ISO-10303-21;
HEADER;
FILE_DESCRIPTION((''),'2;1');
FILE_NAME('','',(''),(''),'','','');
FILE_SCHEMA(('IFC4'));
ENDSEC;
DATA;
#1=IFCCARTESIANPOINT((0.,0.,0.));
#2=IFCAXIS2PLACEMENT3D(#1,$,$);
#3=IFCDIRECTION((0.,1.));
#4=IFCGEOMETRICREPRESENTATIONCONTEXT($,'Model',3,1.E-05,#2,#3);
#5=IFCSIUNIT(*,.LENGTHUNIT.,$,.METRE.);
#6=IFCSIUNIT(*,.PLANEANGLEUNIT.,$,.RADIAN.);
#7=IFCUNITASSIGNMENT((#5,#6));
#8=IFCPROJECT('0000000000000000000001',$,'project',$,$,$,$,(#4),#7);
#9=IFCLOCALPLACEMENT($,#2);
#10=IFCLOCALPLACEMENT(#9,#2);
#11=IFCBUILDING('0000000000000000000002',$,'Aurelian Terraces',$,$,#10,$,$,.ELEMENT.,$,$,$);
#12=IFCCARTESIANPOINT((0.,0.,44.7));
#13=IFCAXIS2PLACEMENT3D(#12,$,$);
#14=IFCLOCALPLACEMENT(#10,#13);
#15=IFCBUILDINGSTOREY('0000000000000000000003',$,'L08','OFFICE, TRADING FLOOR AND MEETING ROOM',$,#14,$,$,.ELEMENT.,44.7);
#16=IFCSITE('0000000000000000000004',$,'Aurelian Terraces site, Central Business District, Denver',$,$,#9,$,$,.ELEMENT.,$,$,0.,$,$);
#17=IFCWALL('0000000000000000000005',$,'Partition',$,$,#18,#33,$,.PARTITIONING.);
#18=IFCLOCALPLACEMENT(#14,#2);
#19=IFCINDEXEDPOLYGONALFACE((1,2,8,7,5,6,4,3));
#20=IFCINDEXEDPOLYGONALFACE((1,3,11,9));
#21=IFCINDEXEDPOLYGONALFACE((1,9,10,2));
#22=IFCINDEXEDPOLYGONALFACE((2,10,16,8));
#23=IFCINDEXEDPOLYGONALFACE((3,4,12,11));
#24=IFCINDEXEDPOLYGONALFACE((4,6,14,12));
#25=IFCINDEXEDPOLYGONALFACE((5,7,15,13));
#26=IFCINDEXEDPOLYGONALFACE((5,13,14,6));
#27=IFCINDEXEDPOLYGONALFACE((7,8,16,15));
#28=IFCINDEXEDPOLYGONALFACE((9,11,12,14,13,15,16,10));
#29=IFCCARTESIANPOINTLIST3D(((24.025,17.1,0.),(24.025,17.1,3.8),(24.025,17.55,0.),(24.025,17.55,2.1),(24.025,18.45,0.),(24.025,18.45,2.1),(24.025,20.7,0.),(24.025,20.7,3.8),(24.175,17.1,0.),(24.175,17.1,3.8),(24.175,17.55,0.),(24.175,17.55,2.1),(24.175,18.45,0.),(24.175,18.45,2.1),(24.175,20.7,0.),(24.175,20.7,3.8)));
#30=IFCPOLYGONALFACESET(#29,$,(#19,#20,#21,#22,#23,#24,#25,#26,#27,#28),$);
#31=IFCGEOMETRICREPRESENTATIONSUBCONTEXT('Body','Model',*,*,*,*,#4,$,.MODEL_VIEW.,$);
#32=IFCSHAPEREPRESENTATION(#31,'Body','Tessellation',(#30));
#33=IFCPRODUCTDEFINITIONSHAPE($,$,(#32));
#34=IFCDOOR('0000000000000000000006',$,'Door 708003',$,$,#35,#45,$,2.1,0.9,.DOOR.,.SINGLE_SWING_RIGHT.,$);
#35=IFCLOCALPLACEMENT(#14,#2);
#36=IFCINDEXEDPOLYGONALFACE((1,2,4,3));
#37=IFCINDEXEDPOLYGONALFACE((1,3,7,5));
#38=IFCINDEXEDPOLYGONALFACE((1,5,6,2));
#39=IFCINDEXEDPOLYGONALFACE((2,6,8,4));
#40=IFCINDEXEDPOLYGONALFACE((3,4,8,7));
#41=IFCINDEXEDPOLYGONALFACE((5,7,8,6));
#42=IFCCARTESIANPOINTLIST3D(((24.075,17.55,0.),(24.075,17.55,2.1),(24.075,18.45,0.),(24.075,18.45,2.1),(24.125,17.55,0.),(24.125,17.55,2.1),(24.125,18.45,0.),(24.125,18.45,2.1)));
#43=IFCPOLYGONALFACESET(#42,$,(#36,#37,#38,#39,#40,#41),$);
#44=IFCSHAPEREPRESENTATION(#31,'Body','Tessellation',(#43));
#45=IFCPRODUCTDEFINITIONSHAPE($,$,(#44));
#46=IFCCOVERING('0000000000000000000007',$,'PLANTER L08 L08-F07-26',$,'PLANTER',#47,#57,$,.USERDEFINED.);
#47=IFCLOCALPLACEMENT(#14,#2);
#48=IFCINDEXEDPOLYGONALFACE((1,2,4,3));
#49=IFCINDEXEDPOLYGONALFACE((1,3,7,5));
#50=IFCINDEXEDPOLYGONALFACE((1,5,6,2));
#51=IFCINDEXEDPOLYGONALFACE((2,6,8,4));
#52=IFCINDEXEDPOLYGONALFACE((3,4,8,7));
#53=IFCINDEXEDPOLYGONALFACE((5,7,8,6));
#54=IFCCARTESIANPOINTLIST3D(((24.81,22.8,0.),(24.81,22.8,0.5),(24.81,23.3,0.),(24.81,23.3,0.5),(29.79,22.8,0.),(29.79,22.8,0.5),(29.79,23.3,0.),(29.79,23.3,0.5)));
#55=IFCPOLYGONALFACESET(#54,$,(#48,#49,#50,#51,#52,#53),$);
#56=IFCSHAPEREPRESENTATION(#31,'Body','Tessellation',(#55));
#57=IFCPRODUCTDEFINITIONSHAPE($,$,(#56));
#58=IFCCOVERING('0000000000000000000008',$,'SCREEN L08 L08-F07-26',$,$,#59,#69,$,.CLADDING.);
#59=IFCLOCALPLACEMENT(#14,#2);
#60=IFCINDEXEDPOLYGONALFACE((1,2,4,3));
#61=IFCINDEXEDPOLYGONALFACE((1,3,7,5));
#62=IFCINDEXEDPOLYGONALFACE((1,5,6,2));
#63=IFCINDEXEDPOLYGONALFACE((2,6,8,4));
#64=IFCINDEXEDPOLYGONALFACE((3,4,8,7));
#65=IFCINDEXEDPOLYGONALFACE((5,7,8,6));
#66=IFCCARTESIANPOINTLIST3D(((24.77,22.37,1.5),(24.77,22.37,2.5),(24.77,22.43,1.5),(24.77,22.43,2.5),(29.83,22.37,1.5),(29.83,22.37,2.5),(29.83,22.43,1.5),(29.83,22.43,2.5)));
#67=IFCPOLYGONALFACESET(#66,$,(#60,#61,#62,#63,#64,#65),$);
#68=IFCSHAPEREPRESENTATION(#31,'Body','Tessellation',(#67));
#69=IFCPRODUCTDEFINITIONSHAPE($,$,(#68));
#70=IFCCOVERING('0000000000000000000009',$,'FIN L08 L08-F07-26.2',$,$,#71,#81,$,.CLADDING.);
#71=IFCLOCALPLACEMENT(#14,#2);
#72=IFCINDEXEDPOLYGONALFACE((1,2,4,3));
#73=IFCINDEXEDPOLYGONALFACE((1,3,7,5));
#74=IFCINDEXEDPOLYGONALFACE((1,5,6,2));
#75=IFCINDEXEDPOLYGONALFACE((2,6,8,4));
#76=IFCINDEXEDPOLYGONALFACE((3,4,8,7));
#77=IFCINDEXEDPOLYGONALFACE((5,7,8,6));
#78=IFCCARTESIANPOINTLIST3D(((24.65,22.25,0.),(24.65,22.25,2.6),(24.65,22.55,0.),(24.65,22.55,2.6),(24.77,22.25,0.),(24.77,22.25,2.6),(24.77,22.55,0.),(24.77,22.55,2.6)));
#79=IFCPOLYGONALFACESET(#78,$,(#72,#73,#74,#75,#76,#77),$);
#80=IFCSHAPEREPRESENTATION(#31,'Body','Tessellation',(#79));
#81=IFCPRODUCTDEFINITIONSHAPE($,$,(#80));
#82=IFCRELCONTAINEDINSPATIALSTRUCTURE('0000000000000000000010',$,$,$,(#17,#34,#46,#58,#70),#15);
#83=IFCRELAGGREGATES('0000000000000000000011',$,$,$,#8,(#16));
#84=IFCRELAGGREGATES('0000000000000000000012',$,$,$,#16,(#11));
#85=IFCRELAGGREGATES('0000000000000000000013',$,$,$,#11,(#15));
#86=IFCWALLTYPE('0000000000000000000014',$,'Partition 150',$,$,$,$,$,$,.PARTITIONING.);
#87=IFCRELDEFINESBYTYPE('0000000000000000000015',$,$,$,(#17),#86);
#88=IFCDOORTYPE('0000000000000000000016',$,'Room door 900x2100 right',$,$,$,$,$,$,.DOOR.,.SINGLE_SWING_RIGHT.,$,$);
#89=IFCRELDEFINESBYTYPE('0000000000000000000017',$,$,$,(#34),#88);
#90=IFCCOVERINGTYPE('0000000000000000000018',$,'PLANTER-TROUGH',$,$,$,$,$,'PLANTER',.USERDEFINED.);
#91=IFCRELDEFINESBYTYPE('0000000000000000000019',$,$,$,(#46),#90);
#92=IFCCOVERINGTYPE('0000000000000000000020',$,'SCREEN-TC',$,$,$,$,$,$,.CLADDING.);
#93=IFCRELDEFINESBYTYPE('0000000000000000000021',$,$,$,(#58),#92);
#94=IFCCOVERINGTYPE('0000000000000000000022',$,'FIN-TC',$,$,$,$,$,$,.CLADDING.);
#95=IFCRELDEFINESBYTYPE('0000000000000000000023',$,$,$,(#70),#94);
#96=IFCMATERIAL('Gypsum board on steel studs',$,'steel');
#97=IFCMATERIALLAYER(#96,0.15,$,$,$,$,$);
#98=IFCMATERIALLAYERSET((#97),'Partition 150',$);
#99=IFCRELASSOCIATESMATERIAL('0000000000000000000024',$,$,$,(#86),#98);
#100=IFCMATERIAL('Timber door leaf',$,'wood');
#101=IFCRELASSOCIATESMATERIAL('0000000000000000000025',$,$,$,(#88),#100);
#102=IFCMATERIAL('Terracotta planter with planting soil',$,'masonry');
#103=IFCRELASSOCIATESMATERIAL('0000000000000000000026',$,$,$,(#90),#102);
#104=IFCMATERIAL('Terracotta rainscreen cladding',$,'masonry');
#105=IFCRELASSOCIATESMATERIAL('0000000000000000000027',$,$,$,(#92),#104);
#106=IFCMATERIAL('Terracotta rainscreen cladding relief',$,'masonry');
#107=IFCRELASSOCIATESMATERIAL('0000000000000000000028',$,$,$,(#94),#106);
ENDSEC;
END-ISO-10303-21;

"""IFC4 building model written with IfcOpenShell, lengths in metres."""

from ifc_helpers import new_model, si_unit, direction, frame, frame_2d, origin, origin_2d, place, context, subcontext, project, spatial, rectangle, extrude, source, transform, mapped, material, layer, layer_set, type_object, element, fill, save


model = new_model("IFC4")

# Units and contexts
model_context = context("Model", 3, precision=1e-05, world=origin(), true_north=direction((0.0, 1.0)))
body_context = subcontext(model_context, "Body", "Model", "MODEL_VIEW")
ifc_project = project(units=[si_unit("LENGTHUNIT", "METRE"), si_unit("PLANEANGLEUNIT", "RADIAN")], contexts=[model_context])

# Site, building, storey
site_placement = place(None, origin())
site = spatial("IfcSite", under=ifc_project, at=site_placement, Name="Aurelian Terraces site, Central Business District, Denver", CompositionType="ELEMENT", RefElevation=0.0)
building_placement = place(site_placement, origin())
building = spatial("IfcBuilding", under=site, at=building_placement, Name="Aurelian Terraces", CompositionType="ELEMENT")
storey_placement = place(building_placement, frame((0.0, 0.0, 44.7)))
storey = spatial("IfcBuildingStorey", under=building, at=storey_placement, Name="L08", Description="OFFICE, TRADING FLOOR AND MEETING ROOM", CompositionType="ELEMENT", Elevation=44.7)

# Shared definitions
ifc_material_1 = material(Name="Terracotta rainscreen cladding", Category="masonry")

# Shared definitions
ifc_material_2 = material(Name="Gypsum board on steel studs", Category="steel")

# Wall, opening, door
ifc_layer_1 = layer(ifc_material_2, 0.15)
ifc_layer_set_1 = layer_set([ifc_layer_1], Name="Partition 150")
wall_type_1 = type_object("IfcWallType", Name="Partition 150", PredefinedType="PARTITIONING", material=ifc_layer_set_1)
shared_shape_1 = source(origin(), body_context, "Body", "SweptSolid", [
    extrude(rectangle(XDim=3.6, YDim=0.15, at=frame_2d((1.8, 0.0))), origin(), (0.0, 0.0, 1.0), 3.8),
])
wall_1_placement = place(storey_placement, frame((24.1, 20.7, 0.0), z_axis=(0.0, 0.0, 1.0), x_axis=(0.0, -1.0, 0.0)))
wall_1 = element("IfcWall", 1, at=wall_1_placement, inside=storey, type_object=wall_type_1, Name="Partition", PredefinedType="PARTITIONING", context=body_context, shape_type="MappedRepresentation", body=[
    mapped(shared_shape_1, transform((0.0, 0.0, 0.0), scale=1.0)),
])
shared_shape_2 = source(origin(), body_context, "Body", "SweptSolid", [
    extrude(rectangle(XDim=0.9, YDim=2.1, at=frame_2d((0.45, 1.05))), frame((0.0, 0.085, 0.0), z_axis=(0.0, -1.0, 0.0), x_axis=(1.0, 0.0, 0.0)), (0.0, 0.0, 1.0), 0.17),
])
opening_1_placement = place(wall_1_placement, frame((2.25, 0.0, 0.0)))
opening_1 = element("IfcOpeningElement", 2, at=opening_1_placement, cuts=wall_1, PredefinedType="OPENING", context=body_context, shape_type="MappedRepresentation", body=[
    mapped(shared_shape_2, transform((0.0, 0.0, 0.0), scale=1.0)),
])
ifc_material_3 = material(Name="Timber door leaf", Category="wood")
door_type_1 = type_object("IfcDoorType", Name="Room door 900x2100 right", OperationType="SINGLE_SWING_RIGHT", PredefinedType="DOOR", material=ifc_material_3)
shared_shape_3 = source(origin(), body_context, "Body", "SweptSolid", [
    extrude(rectangle(XDim=0.9, YDim=2.1, at=frame_2d((0.45, 1.05))), frame((0.0, 0.025, 0.0), z_axis=(0.0, -1.0, 0.0), x_axis=(1.0, 0.0, 0.0)), (0.0, 0.0, 1.0), 0.05),
])
door_1_placement = place(opening_1_placement, origin())
door_1 = element("IfcDoor", 3, at=door_1_placement, inside=storey, type_object=door_type_1, Name="Door 708003", OperationType="SINGLE_SWING_RIGHT", OverallHeight=2.1, OverallWidth=0.9, PredefinedType="DOOR", context=body_context, shape_type="MappedRepresentation", body=[
    mapped(shared_shape_3, transform((0.0, 0.0, 0.0), scale=1.0)),
])
fill(opening_1, door_1)

# Coverings
ifc_material_4 = material(Name="Terracotta planter with planting soil", Category="masonry")
covering_type_1 = type_object("IfcCoveringType", Name="PLANTER-TROUGH", ElementType="PLANTER", PredefinedType="USERDEFINED", material=ifc_material_4)
covering_1_placement = place(storey_placement, frame((27.3, 23.05, 0.0), z_axis=(0.0, 0.0, 1.0), x_axis=(1.0, 0.0, 0.0)))
element("IfcCovering", 4, at=covering_1_placement, inside=storey, type_object=covering_type_1, Name="PLANTER L08 L08-F07-26", ObjectType="PLANTER", PredefinedType="USERDEFINED", context=body_context, shape_type="SweptSolid", body=[
    extrude(rectangle(XDim=4.98, YDim=0.5, at=origin_2d()), origin(), (0.0, 0.0, 1.0), 0.5),
])
covering_type_2 = type_object("IfcCoveringType", Name="SCREEN-TC", PredefinedType="CLADDING", material=ifc_material_1)
covering_2_placement = place(storey_placement, frame((27.3, 22.4, 1.5), z_axis=(0.0, 0.0, 1.0), x_axis=(1.0, 0.0, 0.0)))
element("IfcCovering", 5, at=covering_2_placement, inside=storey, type_object=covering_type_2, Name="SCREEN L08 L08-F07-26", PredefinedType="CLADDING", context=body_context, shape_type="SweptSolid", body=[
    extrude(rectangle(XDim=5.06, YDim=0.06, at=origin_2d()), origin(), (0.0, 0.0, 1.0), 1.0),
])
ifc_material_5 = material(Name="Terracotta rainscreen cladding relief", Category="masonry")
covering_type_3 = type_object("IfcCoveringType", Name="FIN-TC", PredefinedType="CLADDING", material=ifc_material_5)
shared_shape_4 = source(origin(), body_context, "Body", "SweptSolid", [
    extrude(rectangle(XDim=0.12, YDim=0.3, at=origin_2d()), origin(), (0.0, 0.0, 1.0), 2.6),
])
covering_3_placement = place(storey_placement, frame((24.71, 22.4, 0.0), z_axis=(0.0, 0.0, 1.0), x_axis=(1.0, 0.0, 0.0)))
element("IfcCovering", 6, at=covering_3_placement, inside=storey, type_object=covering_type_3, Name="FIN L08 L08-F07-26.2", PredefinedType="CLADDING", context=body_context, shape_type="MappedRepresentation", body=[
    mapped(shared_shape_4, transform((0.0, 0.0, 0.0), scale=1.0)),
])

save(model, "model.ifc")
